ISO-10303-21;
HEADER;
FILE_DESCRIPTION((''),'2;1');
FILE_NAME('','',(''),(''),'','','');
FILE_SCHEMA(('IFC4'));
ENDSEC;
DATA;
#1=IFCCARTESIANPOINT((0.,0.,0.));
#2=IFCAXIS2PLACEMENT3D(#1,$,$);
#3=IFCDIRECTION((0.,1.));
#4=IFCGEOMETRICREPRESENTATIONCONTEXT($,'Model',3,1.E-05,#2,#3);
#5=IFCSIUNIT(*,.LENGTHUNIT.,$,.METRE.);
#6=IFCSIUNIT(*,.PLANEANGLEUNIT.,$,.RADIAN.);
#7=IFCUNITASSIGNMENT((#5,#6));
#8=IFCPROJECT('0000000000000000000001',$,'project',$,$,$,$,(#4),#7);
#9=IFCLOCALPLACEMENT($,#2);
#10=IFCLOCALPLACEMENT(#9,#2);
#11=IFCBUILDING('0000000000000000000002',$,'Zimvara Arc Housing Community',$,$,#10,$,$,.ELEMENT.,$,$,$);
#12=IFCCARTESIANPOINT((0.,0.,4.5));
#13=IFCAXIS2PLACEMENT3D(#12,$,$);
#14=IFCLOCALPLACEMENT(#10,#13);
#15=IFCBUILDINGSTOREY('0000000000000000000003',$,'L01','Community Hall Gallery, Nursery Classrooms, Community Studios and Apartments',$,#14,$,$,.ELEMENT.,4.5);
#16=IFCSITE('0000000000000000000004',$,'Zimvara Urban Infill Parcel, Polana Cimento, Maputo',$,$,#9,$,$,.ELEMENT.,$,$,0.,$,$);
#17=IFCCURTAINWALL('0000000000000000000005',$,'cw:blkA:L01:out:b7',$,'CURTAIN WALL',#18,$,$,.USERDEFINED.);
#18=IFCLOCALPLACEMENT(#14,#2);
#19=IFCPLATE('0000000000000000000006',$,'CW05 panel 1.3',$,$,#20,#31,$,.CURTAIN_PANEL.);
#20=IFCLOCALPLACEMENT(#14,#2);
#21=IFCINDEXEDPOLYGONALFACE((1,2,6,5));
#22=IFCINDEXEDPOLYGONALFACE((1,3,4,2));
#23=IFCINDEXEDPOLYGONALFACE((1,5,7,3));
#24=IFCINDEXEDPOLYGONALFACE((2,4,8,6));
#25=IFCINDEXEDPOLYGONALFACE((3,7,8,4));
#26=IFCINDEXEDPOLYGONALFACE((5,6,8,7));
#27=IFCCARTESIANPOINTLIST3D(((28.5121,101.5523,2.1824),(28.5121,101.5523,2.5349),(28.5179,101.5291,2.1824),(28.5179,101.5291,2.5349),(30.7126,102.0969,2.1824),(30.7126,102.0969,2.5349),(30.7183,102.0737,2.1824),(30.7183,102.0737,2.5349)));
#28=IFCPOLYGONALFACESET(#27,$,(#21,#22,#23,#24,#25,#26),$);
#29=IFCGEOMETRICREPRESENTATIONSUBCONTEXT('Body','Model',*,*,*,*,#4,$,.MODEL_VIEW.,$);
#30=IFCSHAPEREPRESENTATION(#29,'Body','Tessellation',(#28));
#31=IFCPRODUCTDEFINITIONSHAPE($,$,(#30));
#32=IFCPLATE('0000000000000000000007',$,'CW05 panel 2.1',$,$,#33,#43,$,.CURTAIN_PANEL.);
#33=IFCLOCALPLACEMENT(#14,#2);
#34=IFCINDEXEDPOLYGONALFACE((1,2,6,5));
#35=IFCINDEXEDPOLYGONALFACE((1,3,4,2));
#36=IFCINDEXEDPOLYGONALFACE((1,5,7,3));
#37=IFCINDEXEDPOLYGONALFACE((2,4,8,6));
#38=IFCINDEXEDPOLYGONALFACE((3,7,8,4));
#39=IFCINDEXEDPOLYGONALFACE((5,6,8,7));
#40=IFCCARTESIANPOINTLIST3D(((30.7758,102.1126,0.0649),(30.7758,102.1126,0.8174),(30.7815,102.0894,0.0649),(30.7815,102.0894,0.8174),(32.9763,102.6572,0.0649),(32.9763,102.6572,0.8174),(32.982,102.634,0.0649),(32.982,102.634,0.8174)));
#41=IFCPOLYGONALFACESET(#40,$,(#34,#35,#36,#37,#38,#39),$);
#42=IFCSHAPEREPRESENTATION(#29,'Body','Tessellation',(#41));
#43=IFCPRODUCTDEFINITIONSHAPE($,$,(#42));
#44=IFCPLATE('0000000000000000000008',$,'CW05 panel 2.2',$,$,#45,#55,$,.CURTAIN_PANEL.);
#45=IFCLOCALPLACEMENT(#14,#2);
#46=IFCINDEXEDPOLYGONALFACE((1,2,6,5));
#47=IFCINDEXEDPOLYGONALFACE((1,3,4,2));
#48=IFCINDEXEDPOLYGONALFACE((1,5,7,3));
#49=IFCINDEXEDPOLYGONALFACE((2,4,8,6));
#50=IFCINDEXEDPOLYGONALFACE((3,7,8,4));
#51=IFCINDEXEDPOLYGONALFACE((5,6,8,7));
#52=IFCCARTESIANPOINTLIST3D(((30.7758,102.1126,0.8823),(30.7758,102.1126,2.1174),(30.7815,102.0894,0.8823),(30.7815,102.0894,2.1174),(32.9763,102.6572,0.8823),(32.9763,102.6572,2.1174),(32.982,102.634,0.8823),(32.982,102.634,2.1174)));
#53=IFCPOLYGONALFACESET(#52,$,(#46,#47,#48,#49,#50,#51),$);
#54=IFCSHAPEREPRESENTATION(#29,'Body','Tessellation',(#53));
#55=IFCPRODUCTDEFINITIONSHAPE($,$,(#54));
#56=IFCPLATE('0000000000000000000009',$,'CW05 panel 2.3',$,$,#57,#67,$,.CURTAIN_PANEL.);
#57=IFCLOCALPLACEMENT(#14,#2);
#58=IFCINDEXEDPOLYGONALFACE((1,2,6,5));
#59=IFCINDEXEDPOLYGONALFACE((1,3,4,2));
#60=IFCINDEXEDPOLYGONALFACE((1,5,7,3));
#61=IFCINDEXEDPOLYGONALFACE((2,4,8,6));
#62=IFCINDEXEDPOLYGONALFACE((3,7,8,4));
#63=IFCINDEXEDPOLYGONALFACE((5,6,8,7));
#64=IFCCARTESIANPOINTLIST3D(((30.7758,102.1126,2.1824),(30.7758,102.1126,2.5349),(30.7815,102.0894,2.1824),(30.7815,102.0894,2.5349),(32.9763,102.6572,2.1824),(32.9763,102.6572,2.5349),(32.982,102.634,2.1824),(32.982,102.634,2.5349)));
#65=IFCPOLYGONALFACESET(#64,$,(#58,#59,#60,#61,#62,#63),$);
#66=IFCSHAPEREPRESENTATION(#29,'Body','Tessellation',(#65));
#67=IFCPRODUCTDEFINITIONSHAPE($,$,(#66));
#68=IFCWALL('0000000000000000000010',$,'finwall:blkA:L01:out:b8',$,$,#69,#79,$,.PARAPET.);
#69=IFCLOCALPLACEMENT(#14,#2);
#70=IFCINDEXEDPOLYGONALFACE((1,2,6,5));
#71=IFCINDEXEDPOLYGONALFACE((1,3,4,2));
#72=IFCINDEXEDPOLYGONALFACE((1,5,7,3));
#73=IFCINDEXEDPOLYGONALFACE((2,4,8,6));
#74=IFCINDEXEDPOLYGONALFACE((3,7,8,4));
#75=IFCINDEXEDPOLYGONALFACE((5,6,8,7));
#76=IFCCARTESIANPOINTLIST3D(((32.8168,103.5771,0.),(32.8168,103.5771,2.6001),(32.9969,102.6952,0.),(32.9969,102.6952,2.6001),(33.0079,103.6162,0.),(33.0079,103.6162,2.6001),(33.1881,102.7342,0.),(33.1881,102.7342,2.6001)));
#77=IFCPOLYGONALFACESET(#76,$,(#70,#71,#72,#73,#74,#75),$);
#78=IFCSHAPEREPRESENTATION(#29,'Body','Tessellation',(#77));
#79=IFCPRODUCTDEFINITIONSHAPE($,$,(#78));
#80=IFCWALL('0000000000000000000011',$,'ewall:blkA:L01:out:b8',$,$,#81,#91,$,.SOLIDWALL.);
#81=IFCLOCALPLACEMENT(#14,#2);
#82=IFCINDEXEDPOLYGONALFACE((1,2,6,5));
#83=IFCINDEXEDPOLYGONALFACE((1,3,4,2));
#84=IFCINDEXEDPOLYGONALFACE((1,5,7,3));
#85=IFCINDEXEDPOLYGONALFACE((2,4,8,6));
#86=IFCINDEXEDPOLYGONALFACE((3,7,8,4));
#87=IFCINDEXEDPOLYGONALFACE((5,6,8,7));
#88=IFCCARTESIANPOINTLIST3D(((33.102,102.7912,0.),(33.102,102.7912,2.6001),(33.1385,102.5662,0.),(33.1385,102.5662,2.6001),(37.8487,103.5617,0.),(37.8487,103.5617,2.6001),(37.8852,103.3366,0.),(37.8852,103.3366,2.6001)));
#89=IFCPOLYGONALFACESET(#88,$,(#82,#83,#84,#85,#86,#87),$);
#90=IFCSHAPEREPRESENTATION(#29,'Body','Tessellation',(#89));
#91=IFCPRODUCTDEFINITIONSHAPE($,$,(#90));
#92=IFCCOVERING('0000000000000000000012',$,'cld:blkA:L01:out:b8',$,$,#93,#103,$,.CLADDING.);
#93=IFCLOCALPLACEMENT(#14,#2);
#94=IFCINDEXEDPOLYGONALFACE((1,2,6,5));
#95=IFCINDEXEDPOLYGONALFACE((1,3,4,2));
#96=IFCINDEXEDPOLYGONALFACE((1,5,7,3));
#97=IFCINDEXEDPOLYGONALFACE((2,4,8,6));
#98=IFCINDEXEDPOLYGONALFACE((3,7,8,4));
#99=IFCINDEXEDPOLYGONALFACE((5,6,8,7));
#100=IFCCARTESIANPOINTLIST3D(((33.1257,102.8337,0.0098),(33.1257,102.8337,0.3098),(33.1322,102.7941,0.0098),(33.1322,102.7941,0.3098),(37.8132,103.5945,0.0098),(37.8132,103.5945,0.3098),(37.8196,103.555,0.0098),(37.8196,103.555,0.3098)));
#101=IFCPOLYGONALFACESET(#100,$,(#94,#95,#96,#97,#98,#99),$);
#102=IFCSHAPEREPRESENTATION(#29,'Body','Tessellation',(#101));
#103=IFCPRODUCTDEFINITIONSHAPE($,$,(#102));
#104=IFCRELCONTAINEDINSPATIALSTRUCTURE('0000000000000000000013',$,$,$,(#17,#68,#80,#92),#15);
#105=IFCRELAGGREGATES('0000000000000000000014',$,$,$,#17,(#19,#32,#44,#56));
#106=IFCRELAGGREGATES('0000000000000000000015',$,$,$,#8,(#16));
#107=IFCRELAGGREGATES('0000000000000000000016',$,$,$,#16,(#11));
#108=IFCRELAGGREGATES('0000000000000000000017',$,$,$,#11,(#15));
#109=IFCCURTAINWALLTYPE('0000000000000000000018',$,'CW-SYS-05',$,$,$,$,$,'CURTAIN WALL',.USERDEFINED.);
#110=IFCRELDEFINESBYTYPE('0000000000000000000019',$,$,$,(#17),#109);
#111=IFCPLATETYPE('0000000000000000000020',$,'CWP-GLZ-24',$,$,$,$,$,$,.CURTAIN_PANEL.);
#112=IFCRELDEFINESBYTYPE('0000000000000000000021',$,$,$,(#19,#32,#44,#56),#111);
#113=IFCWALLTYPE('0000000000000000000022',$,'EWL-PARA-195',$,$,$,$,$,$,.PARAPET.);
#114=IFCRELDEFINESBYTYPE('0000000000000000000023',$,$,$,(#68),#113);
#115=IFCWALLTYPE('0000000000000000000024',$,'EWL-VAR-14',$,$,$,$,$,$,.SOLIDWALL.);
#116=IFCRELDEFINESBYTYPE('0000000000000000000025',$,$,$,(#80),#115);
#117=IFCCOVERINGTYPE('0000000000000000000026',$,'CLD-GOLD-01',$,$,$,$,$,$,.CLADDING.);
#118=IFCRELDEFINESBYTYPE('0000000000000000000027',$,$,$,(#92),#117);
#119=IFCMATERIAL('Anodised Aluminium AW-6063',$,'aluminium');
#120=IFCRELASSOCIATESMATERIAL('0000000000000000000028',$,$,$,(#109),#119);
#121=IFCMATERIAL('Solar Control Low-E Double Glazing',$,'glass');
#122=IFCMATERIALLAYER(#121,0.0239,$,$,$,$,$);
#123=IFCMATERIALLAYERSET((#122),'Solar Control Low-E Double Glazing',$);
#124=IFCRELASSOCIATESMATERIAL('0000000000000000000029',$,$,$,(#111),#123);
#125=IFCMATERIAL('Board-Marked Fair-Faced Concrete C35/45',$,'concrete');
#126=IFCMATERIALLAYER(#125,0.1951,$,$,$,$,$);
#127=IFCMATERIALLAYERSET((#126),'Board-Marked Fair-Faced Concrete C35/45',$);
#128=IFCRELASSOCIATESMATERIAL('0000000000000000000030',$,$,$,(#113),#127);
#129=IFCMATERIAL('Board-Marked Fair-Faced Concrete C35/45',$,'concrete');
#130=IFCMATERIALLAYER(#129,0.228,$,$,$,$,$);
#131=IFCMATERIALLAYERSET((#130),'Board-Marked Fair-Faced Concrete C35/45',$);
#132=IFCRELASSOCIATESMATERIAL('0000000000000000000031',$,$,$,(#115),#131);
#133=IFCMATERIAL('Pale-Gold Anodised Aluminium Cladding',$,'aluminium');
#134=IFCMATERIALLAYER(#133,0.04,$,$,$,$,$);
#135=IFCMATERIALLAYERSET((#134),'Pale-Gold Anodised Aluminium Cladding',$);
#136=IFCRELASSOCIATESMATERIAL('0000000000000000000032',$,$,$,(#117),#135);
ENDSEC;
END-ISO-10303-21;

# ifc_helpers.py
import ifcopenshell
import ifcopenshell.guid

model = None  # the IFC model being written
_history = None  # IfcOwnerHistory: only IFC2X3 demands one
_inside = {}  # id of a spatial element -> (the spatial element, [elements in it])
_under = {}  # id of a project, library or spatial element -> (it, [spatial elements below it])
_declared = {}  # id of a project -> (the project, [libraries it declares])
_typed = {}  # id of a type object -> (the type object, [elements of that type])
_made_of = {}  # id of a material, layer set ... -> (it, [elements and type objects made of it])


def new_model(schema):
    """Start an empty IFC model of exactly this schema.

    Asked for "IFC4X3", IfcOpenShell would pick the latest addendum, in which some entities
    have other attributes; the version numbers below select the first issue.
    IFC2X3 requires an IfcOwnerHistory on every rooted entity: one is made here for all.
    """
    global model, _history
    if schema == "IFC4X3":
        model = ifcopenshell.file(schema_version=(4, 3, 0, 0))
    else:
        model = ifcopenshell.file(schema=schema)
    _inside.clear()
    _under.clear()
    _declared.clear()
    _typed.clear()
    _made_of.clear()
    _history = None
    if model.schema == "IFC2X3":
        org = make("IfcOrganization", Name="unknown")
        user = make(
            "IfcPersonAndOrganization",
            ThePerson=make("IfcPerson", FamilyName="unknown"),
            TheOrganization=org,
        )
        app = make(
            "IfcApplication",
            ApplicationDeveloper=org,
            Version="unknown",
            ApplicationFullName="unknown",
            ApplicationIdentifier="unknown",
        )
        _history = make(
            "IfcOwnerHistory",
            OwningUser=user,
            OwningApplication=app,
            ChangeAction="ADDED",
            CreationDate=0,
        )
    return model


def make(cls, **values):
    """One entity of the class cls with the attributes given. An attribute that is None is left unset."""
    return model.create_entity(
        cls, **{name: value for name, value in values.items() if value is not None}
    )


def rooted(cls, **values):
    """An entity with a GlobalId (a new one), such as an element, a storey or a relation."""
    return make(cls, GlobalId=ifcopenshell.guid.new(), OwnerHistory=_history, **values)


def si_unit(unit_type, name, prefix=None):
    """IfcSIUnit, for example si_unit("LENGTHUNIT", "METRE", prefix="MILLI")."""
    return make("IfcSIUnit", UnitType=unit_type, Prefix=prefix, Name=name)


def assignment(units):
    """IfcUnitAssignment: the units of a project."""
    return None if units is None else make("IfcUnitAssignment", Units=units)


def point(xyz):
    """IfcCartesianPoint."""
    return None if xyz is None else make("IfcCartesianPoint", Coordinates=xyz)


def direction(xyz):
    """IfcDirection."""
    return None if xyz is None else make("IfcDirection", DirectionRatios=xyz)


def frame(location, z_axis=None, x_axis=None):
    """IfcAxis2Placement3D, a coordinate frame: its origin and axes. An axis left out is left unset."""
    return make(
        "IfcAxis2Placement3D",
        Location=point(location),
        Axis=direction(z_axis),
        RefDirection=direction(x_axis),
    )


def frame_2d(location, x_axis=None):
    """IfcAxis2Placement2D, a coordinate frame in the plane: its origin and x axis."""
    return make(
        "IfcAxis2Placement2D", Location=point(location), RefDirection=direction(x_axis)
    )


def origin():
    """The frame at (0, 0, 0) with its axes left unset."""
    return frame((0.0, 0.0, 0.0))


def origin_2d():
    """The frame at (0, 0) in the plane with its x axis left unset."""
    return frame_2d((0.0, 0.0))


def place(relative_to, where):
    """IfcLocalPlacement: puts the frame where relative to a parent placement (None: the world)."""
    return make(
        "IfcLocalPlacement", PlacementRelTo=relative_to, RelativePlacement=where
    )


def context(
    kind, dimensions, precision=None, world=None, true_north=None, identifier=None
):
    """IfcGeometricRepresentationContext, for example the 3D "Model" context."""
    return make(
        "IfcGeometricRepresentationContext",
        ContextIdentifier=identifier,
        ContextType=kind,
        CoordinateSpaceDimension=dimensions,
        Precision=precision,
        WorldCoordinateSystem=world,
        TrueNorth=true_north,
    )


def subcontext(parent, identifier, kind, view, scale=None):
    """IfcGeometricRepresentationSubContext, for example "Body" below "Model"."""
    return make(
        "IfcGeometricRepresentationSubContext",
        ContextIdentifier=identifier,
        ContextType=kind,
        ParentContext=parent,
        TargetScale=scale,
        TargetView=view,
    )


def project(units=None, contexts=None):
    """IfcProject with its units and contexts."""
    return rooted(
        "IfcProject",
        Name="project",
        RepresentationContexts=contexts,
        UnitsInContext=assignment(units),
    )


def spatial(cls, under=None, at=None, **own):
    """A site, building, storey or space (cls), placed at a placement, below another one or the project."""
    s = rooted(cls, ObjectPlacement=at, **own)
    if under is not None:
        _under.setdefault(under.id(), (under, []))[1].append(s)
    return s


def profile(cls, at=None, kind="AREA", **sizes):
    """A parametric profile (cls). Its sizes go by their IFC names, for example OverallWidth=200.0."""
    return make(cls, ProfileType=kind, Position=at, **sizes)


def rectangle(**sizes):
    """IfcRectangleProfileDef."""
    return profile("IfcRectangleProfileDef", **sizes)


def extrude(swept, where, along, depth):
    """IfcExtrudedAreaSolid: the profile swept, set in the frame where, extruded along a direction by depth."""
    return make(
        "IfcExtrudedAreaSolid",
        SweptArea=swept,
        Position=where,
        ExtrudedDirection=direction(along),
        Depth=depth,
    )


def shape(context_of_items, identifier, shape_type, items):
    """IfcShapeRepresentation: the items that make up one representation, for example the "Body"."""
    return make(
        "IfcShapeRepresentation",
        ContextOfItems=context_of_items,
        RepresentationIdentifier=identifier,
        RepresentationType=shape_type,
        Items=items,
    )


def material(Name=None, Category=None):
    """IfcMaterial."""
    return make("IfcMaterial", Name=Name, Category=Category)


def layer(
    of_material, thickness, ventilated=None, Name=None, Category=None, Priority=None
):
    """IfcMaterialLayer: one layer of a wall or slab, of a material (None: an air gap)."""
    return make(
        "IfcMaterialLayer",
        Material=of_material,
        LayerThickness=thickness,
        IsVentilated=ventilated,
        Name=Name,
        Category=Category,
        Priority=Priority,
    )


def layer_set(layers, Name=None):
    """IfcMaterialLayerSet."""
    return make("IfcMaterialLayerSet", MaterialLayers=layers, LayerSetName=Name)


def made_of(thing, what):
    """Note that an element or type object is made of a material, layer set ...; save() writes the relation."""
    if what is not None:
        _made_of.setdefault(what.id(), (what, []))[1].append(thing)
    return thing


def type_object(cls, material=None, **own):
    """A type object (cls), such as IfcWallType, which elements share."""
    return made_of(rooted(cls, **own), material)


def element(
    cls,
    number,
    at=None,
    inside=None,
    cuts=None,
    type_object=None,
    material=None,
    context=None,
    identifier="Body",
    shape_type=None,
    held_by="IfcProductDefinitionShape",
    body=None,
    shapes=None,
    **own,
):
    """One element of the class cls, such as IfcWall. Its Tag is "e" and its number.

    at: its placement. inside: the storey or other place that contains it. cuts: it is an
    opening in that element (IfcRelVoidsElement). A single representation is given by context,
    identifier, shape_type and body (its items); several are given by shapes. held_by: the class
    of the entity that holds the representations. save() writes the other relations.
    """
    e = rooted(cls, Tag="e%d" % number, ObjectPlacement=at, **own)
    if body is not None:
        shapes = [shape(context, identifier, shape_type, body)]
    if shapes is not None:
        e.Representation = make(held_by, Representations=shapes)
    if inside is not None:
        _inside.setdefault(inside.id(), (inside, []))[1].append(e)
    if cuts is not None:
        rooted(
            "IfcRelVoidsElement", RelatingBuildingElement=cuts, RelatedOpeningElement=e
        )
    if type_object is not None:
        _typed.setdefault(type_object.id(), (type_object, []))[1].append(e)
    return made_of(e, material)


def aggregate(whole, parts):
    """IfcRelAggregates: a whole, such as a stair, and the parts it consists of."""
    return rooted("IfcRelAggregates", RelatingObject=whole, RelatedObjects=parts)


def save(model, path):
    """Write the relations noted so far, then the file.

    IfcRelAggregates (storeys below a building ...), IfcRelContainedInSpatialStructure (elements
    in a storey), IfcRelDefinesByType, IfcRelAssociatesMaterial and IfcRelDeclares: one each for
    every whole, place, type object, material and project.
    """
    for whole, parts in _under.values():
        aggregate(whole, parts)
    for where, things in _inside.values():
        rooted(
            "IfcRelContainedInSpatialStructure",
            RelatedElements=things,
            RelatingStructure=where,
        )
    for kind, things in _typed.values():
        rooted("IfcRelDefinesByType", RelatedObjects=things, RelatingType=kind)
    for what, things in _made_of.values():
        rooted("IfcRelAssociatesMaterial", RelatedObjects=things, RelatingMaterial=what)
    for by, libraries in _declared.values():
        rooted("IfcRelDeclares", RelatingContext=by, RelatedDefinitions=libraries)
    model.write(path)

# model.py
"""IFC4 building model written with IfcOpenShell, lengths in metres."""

from ifc_helpers import new_model, si_unit, direction, frame, frame_2d, origin, origin_2d, place, context, subcontext, project, spatial, rectangle, extrude, material, layer, layer_set, type_object, element, aggregate, save


model = new_model("IFC4")

# Units and contexts
model_context = context("Model", 3, precision=1e-05, world=origin(), true_north=direction((0.0, 1.0)))
body_context = subcontext(model_context, "Body", "Model", "MODEL_VIEW")
ifc_project = project(units=[si_unit("LENGTHUNIT", "METRE"), si_unit("PLANEANGLEUNIT", "RADIAN")], contexts=[model_context])

# Site, building, storey
site_placement = place(None, origin())
site = spatial("IfcSite", under=ifc_project, at=site_placement, Name="Zimvara Urban Infill Parcel, Polana Cimento, Maputo", CompositionType="ELEMENT", RefElevation=0.0)
building_placement = place(site_placement, origin())
building = spatial("IfcBuilding", under=site, at=building_placement, Name="Zimvara Arc Housing Community", CompositionType="ELEMENT")
storey_placement = place(building_placement, frame((0.0, 0.0, 4.5)))
storey = spatial("IfcBuildingStorey", under=building, at=storey_placement, Name="L01", Description="Community Hall Gallery, Nursery Classrooms, Community Studios and Apartments", CompositionType="ELEMENT", Elevation=4.5)

# Curtain wall, plates
ifc_material_1 = material(Name="Anodised Aluminium AW-6063", Category="aluminium")
curtain_wall_type = type_object("IfcCurtainWallType", Name="CW-SYS-05", ElementType="CURTAIN WALL", PredefinedType="USERDEFINED", material=ifc_material_1)
curtain_wall_placement = place(storey_placement, origin())
curtain_wall = element("IfcCurtainWall", 1, at=curtain_wall_placement, inside=storey, type_object=curtain_wall_type, Name="cw:blkA:L01:out:b7", ObjectType="CURTAIN WALL", PredefinedType="USERDEFINED")
ifc_material_2 = material(Name="Solar Control Low-E Double Glazing", Category="glass")
ifc_layer_1 = layer(ifc_material_2, 0.0239)
ifc_layer_set_1 = layer_set([ifc_layer_1], Name="Solar Control Low-E Double Glazing")
plate_type = type_object("IfcPlateType", Name="CWP-GLZ-24", PredefinedType="CURTAIN_PANEL", material=ifc_layer_set_1)
plate_1_placement = place(storey_placement, frame((29.6152, 101.813, 2.1824), z_axis=(0.0, 0.0, 1.0), x_axis=(0.970716, 0.24023, 0.0)))
plate_1 = element("IfcPlate", 2, at=plate_1_placement, type_object=plate_type, Name="CW05 panel 1.3", PredefinedType="CURTAIN_PANEL", context=body_context, shape_type="SweptSolid", body=[
    extrude(rectangle(XDim=2.2668, YDim=0.0239, at=origin_2d()), origin(), (0.0, 0.0, 1.0), 0.3525),
])
plate_2_placement = place(storey_placement, frame((31.8789, 102.3733, 0.0649), z_axis=(0.0, 0.0, 1.0), x_axis=(0.970716, 0.24023, 0.0)))
plate_2 = element("IfcPlate", 3, at=plate_2_placement, type_object=plate_type, Name="CW05 panel 2.1", PredefinedType="CURTAIN_PANEL", context=body_context, shape_type="SweptSolid", body=[
    extrude(rectangle(XDim=2.2668, YDim=0.0239, at=origin_2d()), origin(), (0.0, 0.0, 1.0), 0.7524),
])
plate_3_placement = place(storey_placement, frame((31.8789, 102.3733, 0.8823), z_axis=(0.0, 0.0, 1.0), x_axis=(0.970716, 0.24023, 0.0)))
plate_3 = element("IfcPlate", 4, at=plate_3_placement, type_object=plate_type, Name="CW05 panel 2.2", PredefinedType="CURTAIN_PANEL", context=body_context, shape_type="SweptSolid", body=[
    extrude(rectangle(XDim=2.2668, YDim=0.0239, at=origin_2d()), origin(), (0.0, 0.0, 1.0), 1.2351),
])
plate_4_placement = place(storey_placement, frame((31.8789, 102.3733, 2.1824), z_axis=(0.0, 0.0, 1.0), x_axis=(0.970716, 0.24023, 0.0)))
plate_4 = element("IfcPlate", 5, at=plate_4_placement, type_object=plate_type, Name="CW05 panel 2.3", PredefinedType="CURTAIN_PANEL", context=body_context, shape_type="SweptSolid", body=[
    extrude(rectangle(XDim=2.2668, YDim=0.0239, at=origin_2d()), origin(), (0.0, 0.0, 1.0), 0.3525),
])
aggregate(curtain_wall, [plate_1, plate_2, plate_3, plate_4])

# Walls
ifc_material_3 = material(Name="Board-Marked Fair-Faced Concrete C35/45", Category="concrete")
ifc_layer_2 = layer(ifc_material_3, 0.1951)
ifc_layer_set_2 = layer_set([ifc_layer_2], Name="Board-Marked Fair-Faced Concrete C35/45")
wall_type_1 = type_object("IfcWallType", Name="EWL-PARA-195", PredefinedType="PARAPET", material=ifc_layer_set_2)
wall_1_placement = place(storey_placement, frame((33.0925, 102.7146, 0.0), z_axis=(0.0, 0.0, 1.0), x_axis=(-0.200183, 0.979758, 0.0)))
element("IfcWall", 6, at=wall_1_placement, inside=storey, type_object=wall_type_1, Name="finwall:blkA:L01:out:b8", PredefinedType="PARAPET", context=body_context, shape_type="SweptSolid", body=[
    extrude(rectangle(XDim=0.9001, YDim=0.1951, at=frame_2d((0.4502, 0.0))), origin(), (0.0, 0.0, 1.0), 2.6001),
])
ifc_material_4 = material(Name="Board-Marked Fair-Faced Concrete C35/45", Category="concrete")
ifc_layer_3 = layer(ifc_material_4, 0.228)
ifc_layer_set_3 = layer_set([ifc_layer_3], Name="Board-Marked Fair-Faced Concrete C35/45")
wall_type_2 = type_object("IfcWallType", Name="EWL-VAR-14", PredefinedType="SOLIDWALL", material=ifc_layer_set_3)
wall_2_placement = place(storey_placement, frame((33.1204, 102.6787, 0.0), z_axis=(0.0, 0.0, 1.0), x_axis=(0.987081, 0.160224, 0.0)))
element("IfcWall", 7, at=wall_2_placement, inside=storey, type_object=wall_type_2, Name="ewall:blkA:L01:out:b8", PredefinedType="SOLIDWALL", context=body_context, shape_type="SweptSolid", body=[
    extrude(rectangle(XDim=4.8088, YDim=0.228, at=frame_2d((2.4043, 0.0))), origin(), (0.0, 0.0, 1.0), 2.6001),
])

# Covering
ifc_material_5 = material(Name="Pale-Gold Anodised Aluminium Cladding", Category="aluminium")
ifc_layer_4 = layer(ifc_material_5, 0.04)
ifc_layer_set_4 = layer_set([ifc_layer_4], Name="Pale-Gold Anodised Aluminium Cladding")
covering_type = type_object("IfcCoveringType", Name="CLD-GOLD-01", PredefinedType="CLADDING", material=ifc_layer_set_4)
covering_placement = place(storey_placement, frame((35.4727, 103.1943, 0.0098), z_axis=(0.0, 0.0, 1.0), x_axis=(0.98708, 0.160226, 0.0)))
element("IfcCovering", 8, at=covering_placement, inside=storey, type_object=covering_type, Name="cld:blkA:L01:out:b8", PredefinedType="CLADDING", context=body_context, shape_type="SweptSolid", body=[
    extrude(rectangle(XDim=4.7488, YDim=0.04, at=origin_2d()), origin(), (0.0, 0.0, 1.0), 0.3),
])

save(model, "model.ifc")
